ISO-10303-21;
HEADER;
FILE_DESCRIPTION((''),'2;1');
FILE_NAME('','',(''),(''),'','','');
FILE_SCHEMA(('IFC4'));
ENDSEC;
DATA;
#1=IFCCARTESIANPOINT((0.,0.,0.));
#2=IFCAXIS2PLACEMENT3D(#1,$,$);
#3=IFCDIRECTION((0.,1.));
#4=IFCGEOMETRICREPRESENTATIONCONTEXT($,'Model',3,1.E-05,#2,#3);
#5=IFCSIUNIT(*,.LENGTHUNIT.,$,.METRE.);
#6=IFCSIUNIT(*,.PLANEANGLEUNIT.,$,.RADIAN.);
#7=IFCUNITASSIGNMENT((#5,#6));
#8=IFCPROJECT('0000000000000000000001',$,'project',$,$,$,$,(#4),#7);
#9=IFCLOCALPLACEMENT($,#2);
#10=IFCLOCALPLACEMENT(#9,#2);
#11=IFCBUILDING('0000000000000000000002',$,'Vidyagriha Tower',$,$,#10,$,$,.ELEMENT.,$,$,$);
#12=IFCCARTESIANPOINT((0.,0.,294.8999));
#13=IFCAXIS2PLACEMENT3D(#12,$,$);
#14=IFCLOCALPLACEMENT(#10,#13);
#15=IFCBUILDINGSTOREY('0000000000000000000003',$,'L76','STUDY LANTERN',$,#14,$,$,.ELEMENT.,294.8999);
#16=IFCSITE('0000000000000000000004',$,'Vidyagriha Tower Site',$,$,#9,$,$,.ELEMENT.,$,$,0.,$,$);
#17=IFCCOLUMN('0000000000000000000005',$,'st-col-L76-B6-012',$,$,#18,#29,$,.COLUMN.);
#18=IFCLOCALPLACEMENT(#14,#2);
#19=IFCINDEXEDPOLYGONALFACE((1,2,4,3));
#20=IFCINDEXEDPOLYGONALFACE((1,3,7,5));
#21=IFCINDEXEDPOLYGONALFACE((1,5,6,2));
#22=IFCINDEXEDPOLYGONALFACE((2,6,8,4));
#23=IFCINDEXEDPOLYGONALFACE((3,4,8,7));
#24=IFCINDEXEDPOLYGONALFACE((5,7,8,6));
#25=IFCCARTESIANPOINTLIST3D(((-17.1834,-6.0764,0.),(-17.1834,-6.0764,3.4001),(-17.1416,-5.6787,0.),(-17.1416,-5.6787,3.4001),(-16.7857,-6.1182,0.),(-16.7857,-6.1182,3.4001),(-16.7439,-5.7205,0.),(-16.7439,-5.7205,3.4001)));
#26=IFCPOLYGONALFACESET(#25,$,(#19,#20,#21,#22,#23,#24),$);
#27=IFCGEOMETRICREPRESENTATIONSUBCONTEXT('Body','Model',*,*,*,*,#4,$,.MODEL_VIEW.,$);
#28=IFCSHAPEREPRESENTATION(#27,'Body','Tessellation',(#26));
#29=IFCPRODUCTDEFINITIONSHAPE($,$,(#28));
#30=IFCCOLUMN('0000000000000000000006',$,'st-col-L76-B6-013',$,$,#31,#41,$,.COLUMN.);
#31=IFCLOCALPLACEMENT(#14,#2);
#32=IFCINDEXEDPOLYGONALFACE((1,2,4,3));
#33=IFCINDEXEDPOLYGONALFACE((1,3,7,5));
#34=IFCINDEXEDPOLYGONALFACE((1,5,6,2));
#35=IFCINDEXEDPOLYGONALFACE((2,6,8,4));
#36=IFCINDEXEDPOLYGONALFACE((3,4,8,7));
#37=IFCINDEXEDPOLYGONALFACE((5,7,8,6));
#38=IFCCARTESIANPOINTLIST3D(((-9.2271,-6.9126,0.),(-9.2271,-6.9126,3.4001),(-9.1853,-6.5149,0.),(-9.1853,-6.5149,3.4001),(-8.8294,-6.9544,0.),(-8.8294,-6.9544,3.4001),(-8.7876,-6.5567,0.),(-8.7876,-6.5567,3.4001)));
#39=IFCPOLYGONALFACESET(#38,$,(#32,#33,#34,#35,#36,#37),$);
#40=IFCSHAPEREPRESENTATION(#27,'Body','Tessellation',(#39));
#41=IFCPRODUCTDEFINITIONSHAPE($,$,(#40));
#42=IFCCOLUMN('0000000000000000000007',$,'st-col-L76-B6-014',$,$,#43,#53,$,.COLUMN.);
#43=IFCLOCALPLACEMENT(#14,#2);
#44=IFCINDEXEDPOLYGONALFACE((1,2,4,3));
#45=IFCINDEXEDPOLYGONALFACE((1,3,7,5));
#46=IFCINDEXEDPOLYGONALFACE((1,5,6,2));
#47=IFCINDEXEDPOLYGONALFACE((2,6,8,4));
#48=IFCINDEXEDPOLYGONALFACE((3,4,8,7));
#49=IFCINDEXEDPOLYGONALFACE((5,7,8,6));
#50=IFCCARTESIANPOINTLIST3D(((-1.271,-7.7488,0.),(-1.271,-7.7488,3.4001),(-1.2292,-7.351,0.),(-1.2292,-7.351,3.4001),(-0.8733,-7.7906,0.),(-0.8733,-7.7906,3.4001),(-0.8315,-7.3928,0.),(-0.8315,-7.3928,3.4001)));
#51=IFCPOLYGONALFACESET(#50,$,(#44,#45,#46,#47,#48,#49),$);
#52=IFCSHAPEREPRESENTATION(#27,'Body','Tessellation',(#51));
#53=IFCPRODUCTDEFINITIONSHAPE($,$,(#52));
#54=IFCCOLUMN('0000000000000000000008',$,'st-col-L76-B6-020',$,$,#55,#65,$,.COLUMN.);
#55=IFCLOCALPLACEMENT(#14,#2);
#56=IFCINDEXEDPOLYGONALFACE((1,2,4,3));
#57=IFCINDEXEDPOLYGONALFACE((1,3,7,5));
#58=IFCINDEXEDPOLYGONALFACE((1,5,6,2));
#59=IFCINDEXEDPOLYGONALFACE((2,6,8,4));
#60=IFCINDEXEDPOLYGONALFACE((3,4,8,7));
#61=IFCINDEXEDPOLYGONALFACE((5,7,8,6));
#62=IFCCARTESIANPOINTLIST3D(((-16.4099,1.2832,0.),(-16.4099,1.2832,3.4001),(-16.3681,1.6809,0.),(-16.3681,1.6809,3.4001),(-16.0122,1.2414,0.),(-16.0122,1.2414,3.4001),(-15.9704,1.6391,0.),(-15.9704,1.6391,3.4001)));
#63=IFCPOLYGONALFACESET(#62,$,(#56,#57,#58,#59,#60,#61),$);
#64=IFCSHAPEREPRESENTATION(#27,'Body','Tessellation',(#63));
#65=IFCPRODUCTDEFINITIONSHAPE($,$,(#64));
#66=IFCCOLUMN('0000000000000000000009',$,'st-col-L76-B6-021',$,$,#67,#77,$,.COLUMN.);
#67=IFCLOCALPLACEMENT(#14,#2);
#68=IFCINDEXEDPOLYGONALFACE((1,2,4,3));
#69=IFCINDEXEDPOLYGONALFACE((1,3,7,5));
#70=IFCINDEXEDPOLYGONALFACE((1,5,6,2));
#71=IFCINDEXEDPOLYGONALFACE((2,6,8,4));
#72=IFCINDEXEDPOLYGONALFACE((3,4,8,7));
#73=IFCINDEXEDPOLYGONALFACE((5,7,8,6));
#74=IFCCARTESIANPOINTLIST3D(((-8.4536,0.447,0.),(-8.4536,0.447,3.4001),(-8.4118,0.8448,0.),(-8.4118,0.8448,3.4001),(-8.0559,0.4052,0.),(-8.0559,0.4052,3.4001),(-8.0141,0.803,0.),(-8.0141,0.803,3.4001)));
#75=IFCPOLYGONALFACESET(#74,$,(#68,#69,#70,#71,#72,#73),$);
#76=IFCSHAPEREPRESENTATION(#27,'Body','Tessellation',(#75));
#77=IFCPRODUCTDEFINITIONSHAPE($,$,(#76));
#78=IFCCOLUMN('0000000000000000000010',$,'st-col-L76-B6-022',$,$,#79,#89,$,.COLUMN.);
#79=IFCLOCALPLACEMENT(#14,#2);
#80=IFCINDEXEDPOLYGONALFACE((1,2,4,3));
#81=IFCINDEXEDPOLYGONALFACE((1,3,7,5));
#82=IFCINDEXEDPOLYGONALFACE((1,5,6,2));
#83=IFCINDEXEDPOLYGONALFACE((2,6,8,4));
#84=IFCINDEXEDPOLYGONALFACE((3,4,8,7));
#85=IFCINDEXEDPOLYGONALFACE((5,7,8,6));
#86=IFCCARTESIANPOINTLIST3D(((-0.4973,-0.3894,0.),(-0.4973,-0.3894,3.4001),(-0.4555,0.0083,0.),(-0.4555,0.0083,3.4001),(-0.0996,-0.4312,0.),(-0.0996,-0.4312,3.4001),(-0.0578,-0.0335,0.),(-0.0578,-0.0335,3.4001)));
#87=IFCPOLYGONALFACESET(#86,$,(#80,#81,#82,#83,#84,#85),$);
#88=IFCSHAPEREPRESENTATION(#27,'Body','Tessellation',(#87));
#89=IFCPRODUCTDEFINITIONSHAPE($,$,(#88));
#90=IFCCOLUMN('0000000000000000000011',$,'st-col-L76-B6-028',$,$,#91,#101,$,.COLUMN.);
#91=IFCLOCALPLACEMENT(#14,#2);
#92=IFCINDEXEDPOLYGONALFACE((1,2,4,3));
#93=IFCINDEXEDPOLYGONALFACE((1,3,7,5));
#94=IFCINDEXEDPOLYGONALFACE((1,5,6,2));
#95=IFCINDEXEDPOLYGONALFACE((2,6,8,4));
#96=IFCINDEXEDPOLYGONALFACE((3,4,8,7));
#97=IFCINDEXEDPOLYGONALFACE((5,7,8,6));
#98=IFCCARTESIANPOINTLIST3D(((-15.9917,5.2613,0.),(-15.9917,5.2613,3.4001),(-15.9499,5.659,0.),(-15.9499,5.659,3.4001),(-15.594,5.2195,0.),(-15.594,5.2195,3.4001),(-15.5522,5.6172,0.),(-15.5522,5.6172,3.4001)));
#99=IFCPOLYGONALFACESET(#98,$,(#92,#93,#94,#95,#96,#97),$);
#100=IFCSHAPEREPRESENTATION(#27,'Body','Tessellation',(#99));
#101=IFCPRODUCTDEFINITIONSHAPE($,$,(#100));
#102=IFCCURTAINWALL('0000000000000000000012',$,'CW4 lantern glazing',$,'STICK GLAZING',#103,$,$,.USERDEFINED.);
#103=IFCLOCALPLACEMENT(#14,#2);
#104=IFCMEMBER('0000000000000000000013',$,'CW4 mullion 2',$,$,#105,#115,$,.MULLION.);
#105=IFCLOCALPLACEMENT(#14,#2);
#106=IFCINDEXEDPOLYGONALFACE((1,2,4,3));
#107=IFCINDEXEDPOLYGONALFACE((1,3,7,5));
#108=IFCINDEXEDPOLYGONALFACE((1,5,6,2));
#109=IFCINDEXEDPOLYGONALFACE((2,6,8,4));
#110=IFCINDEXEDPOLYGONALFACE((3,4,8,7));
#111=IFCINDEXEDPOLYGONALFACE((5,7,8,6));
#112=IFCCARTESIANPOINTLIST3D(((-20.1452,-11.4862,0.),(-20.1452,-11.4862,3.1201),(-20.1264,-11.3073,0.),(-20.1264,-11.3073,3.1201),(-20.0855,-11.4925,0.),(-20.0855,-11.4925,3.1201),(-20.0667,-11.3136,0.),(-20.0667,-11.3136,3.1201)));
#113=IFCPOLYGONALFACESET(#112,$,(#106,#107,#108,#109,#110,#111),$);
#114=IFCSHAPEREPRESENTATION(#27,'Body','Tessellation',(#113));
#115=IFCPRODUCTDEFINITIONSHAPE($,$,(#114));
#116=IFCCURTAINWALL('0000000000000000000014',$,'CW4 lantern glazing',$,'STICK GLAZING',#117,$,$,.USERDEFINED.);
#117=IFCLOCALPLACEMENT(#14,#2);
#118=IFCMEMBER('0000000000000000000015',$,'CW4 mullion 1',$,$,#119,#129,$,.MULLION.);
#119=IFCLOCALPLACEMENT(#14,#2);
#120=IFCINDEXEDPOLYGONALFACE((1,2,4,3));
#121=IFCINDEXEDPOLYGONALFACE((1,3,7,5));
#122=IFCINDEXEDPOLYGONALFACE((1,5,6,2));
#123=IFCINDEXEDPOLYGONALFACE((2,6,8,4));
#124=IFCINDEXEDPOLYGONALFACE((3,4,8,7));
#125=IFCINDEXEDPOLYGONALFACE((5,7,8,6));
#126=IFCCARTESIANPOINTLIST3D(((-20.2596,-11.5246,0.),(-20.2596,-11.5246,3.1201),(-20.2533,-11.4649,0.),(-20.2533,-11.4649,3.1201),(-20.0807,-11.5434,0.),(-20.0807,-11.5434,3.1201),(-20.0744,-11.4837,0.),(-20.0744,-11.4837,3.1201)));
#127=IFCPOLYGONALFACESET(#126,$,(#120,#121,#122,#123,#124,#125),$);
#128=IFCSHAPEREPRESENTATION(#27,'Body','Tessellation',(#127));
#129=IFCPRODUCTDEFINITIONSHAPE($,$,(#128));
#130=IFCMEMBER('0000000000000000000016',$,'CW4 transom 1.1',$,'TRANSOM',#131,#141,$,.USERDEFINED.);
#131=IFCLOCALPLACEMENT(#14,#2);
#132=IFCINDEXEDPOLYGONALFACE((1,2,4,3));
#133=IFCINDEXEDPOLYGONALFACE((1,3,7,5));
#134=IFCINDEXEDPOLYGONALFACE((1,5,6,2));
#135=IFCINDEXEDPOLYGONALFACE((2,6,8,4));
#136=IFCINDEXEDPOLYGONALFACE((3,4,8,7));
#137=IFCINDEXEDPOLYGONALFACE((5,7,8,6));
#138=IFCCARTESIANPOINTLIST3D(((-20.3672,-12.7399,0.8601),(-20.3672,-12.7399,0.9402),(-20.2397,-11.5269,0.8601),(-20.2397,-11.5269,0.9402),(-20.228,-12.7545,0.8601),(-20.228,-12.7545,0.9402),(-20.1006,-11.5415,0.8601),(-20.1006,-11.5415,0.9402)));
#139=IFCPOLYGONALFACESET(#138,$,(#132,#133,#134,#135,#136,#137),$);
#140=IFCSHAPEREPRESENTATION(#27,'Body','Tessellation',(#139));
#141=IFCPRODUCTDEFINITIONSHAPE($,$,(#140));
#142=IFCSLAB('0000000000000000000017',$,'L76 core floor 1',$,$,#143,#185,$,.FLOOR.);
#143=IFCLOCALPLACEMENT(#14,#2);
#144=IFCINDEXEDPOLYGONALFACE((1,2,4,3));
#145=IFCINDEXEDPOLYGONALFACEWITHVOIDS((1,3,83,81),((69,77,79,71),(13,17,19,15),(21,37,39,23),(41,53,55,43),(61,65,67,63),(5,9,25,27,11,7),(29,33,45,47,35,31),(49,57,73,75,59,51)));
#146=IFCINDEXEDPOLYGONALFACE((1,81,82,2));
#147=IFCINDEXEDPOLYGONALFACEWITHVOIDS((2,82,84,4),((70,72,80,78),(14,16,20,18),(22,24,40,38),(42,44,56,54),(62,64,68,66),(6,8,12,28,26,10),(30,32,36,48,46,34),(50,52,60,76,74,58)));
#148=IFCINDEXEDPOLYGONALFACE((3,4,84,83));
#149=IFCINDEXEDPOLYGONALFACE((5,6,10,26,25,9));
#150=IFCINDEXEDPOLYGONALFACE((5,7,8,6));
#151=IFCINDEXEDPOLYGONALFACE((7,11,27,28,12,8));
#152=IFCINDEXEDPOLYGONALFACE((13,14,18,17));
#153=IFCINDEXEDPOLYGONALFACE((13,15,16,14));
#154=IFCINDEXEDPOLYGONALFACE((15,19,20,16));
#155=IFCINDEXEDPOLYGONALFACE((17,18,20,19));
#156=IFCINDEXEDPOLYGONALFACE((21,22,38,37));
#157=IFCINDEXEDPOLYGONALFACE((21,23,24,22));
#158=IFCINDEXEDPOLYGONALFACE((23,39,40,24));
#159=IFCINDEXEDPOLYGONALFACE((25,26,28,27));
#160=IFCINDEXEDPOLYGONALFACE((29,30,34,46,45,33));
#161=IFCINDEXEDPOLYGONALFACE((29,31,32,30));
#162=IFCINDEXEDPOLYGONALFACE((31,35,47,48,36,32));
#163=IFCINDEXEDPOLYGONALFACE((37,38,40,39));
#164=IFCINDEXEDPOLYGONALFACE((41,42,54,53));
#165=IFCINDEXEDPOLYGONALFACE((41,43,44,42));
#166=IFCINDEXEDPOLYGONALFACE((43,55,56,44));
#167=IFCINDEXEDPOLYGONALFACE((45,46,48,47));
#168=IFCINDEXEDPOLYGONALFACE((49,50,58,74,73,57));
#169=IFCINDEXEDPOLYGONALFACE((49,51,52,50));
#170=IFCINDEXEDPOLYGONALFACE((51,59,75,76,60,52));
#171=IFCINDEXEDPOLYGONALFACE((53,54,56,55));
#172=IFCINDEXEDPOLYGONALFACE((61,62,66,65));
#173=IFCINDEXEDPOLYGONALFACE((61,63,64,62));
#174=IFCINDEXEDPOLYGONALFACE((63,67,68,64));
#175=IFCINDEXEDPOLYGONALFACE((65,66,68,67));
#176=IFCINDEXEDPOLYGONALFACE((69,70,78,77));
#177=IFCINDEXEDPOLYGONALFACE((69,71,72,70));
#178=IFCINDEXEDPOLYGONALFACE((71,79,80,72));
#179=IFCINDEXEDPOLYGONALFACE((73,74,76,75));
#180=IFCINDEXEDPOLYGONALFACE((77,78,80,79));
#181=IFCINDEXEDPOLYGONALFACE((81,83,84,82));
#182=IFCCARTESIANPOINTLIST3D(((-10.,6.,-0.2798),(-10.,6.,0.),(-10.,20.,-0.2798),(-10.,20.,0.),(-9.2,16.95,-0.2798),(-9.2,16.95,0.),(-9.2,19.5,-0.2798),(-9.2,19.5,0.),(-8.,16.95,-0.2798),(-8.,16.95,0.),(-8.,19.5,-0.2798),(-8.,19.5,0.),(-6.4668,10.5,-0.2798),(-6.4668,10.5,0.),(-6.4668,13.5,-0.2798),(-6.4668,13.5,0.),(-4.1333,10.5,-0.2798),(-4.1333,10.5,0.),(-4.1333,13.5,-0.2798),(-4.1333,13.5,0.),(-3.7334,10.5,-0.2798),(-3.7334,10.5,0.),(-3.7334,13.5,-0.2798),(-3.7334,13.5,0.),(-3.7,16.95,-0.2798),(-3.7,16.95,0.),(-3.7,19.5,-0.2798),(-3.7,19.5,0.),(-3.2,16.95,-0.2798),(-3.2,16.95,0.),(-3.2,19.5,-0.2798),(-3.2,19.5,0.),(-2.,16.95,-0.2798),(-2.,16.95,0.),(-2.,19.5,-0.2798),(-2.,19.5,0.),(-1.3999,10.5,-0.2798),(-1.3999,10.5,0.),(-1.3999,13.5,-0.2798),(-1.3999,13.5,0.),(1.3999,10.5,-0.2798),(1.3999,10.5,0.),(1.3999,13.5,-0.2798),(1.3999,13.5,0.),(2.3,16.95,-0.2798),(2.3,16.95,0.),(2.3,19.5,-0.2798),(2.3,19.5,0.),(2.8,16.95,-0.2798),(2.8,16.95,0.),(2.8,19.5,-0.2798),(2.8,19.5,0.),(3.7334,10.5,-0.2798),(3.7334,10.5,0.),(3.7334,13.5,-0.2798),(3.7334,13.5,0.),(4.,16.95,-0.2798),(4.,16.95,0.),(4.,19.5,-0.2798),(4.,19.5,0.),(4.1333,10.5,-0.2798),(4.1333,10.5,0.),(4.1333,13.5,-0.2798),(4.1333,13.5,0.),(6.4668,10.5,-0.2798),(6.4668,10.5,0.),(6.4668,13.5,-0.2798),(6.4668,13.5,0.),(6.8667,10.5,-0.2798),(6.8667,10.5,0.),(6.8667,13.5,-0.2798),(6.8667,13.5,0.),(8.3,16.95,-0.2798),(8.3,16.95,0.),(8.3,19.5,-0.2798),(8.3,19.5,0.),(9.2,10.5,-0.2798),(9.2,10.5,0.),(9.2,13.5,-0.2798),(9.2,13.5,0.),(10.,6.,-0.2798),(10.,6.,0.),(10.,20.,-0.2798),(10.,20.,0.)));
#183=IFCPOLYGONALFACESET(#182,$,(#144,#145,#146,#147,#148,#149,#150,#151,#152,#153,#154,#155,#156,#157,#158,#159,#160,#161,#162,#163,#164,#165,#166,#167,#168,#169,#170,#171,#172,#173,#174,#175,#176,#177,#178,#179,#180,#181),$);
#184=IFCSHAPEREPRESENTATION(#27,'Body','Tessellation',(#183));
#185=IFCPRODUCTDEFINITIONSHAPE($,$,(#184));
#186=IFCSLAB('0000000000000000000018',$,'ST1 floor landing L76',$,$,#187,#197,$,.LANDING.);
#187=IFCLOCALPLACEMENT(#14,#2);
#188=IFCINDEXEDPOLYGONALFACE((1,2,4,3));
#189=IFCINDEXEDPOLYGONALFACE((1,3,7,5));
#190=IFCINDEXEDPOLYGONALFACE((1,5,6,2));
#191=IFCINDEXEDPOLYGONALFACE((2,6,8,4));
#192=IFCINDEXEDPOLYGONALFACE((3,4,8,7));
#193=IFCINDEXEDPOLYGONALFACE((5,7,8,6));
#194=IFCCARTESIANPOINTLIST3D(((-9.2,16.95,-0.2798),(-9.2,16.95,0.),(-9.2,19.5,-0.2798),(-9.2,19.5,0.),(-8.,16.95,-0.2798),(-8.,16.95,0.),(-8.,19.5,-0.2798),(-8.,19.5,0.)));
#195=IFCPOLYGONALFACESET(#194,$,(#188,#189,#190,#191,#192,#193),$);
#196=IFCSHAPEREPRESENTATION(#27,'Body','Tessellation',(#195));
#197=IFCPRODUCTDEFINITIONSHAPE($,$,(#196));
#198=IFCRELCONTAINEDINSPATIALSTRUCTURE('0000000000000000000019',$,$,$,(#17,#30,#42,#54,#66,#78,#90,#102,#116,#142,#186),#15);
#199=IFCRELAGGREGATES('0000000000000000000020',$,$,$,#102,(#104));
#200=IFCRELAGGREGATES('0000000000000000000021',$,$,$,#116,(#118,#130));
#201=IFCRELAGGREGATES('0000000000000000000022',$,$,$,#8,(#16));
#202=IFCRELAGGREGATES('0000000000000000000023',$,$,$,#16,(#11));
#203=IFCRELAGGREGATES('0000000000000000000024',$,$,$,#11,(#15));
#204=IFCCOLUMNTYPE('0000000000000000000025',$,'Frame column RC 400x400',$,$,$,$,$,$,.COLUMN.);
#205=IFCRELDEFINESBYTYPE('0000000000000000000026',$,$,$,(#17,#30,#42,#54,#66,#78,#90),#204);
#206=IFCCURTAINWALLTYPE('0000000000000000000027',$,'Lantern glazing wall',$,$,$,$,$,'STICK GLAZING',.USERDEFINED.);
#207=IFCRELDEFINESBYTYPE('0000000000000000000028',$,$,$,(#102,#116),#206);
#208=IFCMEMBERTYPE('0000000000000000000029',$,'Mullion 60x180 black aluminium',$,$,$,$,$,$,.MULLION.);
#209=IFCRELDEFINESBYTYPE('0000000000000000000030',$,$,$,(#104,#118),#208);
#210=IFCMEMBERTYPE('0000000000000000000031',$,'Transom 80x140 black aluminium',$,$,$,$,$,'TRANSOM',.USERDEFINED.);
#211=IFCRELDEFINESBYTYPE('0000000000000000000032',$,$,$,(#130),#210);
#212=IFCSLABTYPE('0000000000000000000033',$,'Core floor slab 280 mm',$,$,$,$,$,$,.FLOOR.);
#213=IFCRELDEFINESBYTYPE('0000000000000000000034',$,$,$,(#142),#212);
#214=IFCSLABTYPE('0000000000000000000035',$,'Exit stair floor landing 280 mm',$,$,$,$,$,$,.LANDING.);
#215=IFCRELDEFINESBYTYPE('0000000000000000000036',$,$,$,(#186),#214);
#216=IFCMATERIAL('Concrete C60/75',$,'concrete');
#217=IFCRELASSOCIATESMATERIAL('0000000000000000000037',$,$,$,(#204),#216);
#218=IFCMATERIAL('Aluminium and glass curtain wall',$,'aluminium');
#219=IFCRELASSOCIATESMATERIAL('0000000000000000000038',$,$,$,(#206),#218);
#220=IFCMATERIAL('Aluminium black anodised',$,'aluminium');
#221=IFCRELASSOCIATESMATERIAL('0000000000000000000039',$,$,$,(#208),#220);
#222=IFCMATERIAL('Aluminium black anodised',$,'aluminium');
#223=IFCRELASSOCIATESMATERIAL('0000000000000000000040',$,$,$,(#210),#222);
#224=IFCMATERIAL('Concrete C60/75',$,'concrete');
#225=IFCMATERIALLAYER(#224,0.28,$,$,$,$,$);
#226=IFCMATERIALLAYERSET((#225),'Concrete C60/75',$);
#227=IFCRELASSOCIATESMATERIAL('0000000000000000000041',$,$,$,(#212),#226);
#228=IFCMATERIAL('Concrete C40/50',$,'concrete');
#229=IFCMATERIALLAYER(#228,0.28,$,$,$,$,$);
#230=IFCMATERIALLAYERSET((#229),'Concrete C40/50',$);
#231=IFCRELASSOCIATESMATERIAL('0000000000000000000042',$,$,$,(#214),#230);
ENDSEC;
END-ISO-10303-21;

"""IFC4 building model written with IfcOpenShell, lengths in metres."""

from ifc_helpers import new_model, si_unit, direction, frame, origin, origin_2d, place, context, subcontext, project, spatial, polyline, rectangle, outline, extrude, material, layer, layer_set, material_profile, profile_set, type_object, element, aggregate, save


model = new_model("IFC4")

# Units and contexts
model_context = context("Model", 3, precision=1e-05, world=origin(), true_north=direction((0.0, 1.0)))
body_context = subcontext(model_context, "Body", "Model", "MODEL_VIEW")
ifc_project = project(units=[si_unit("LENGTHUNIT", "METRE"), si_unit("PLANEANGLEUNIT", "RADIAN")], contexts=[model_context])

# Site, building, storey
site_placement = place(None, origin())
site = spatial("IfcSite", under=ifc_project, at=site_placement, Name="Vidyagriha Tower Site", CompositionType="ELEMENT", RefElevation=0.0)
building_placement = place(site_placement, origin())
building = spatial("IfcBuilding", under=site, at=building_placement, Name="Vidyagriha Tower", CompositionType="ELEMENT")
storey_placement = place(building_placement, frame((0.0, 0.0, 294.8999)))
storey = spatial("IfcBuildingStorey", under=building, at=storey_placement, Name="L76", Description="STUDY LANTERN", CompositionType="ELEMENT", Elevation=294.8999)

# Columns
ifc_material_1 = material(Name="Concrete C60/75", Category="concrete")
ifc_material_profile_1 = material_profile(ifc_material_1, rectangle(XDim=0.3999, YDim=0.3999, at=origin_2d()), Name="RC 400x400")
ifc_profile_set_1 = profile_set([ifc_material_profile_1], Name="Concrete C60/75")
column_type = type_object("IfcColumnType", Name="Frame column RC 400x400", PredefinedType="COLUMN", material=ifc_profile_set_1)
for number, where, z_axis, x_axis, name in (
    (1, (-16.9636, -5.8984, 0.0), (0.0, 0.0, 1.0), (0.994522, -0.104528, 0.0), "st-col-L76-B6-012"),
    (2, (-9.0073, -6.7346, 0.0), (0.0, 0.0, 1.0), (0.994522, -0.104528, 0.0), "st-col-L76-B6-013"),
    (3, (-1.0513, -7.5708, 0.0), (0.0, 0.0, 1.0), (0.994522, -0.104528, 0.0), "st-col-L76-B6-014"),
    (4, (-16.1902, 1.4612, 0.0), (0.0, 0.0, 1.0), (0.994522, -0.104528, 0.0), "st-col-L76-B6-020"),
    (5, (-8.2339, 0.625, 0.0), (0.0, 0.0, 1.0), (0.994522, -0.104528, 0.0), "st-col-L76-B6-021"),
    (6, (-0.2776, -0.2114, 0.0), (0.0, 0.0, 1.0), (0.994522, -0.104528, 0.0), "st-col-L76-B6-022"),
    (7, (-15.772, 5.4392, 0.0), (0.0, 0.0, 1.0), (0.994522, -0.104528, 0.0), "st-col-L76-B6-028"),
):
    element("IfcColumn", number, at=place(storey_placement, frame(where, z_axis=z_axis, x_axis=x_axis)), inside=storey, type_object=column_type, Name=name, PredefinedType="COLUMN", context=body_context, shape_type="SweptSolid", body=[
        extrude(rectangle(XDim=0.3999, YDim=0.3999, at=origin_2d()), origin(), (0.0, 0.0, 1.0), 3.4001),
    ])

# Curtain wall, member
ifc_material_2 = material(Name="Aluminium and glass curtain wall", Category="aluminium")
curtain_wall_type = type_object("IfcCurtainWallType", Name="Lantern glazing wall", ElementType="STICK GLAZING", PredefinedType="USERDEFINED", material=ifc_material_2)
curtain_wall_1_placement = place(storey_placement, origin())
curtain_wall_1 = element("IfcCurtainWall", 8, at=curtain_wall_1_placement, inside=storey, type_object=curtain_wall_type, Name="CW4 lantern glazing", ObjectType="STICK GLAZING", PredefinedType="USERDEFINED")
ifc_material_3 = material(Name="Aluminium black anodised", Category="aluminium")
ifc_material_profile_2 = material_profile(ifc_material_3, rectangle(XDim=0.1799, YDim=0.0601, at=origin_2d()), Name="Mullion 60x180 black aluminium")
ifc_profile_set_2 = profile_set([ifc_material_profile_2], Name="Aluminium black anodised")
member_type_1 = type_object("IfcMemberType", Name="Mullion 60x180 black aluminium", PredefinedType="MULLION", material=ifc_profile_set_2)
member_1_placement = place(storey_placement, frame((-20.106, -11.3999, 0.0), z_axis=(0.0, 0.0, 1.0), x_axis=(0.104519, 0.994523, 0.0)))
member_1 = element("IfcMember", 9, at=member_1_placement, type_object=member_type_1, Name="CW4 mullion 2", PredefinedType="MULLION", context=body_context, shape_type="SweptSolid", body=[
    extrude(rectangle(XDim=0.1799, YDim=0.0601, at=origin_2d()), origin(), (0.0, 0.0, 1.0), 3.1201),
])
aggregate(curtain_wall_1, [member_1])

# Curtain wall, members
curtain_wall_2_placement = place(storey_placement, origin())
curtain_wall_2 = element("IfcCurtainWall", 10, at=curtain_wall_2_placement, inside=storey, type_object=curtain_wall_type, Name="CW4 lantern glazing", ObjectType="STICK GLAZING", PredefinedType="USERDEFINED")
member_2_placement = place(storey_placement, frame((-20.167, -11.5042, 0.0), z_axis=(0.0, 0.0, 1.0), x_axis=(0.994519, -0.104557, 0.0)))
member_2 = element("IfcMember", 11, at=member_2_placement, type_object=member_type_1, Name="CW4 mullion 1", PredefinedType="MULLION", context=body_context, shape_type="SweptSolid", body=[
    extrude(rectangle(XDim=0.1799, YDim=0.0601, at=origin_2d()), origin(), (0.0, 0.0, 1.0), 3.1201),
])
ifc_material_4 = material(Name="Aluminium black anodised", Category="aluminium")
ifc_material_profile_3 = material_profile(ifc_material_4, rectangle(XDim=0.1399, YDim=0.0801, at=origin_2d()), Name="Transom 80x140 black aluminium")
ifc_profile_set_3 = profile_set([ifc_material_profile_3], Name="Aluminium black anodised")
member_type_2 = type_object("IfcMemberType", Name="Transom 80x140 black aluminium", ElementType="TRANSOM", PredefinedType="USERDEFINED", material=ifc_profile_set_3)
member_3_placement = place(storey_placement, frame((-20.1702, -11.5342, 0.9001), z_axis=(-0.104476, -0.994527, 0.0), x_axis=(0.994527, -0.104476, 0.0)))
member_3 = element("IfcMember", 12, at=member_3_placement, type_object=member_type_2, Name="CW4 transom 1.1", ObjectType="TRANSOM", PredefinedType="USERDEFINED", context=body_context, shape_type="SweptSolid", body=[
    extrude(rectangle(XDim=0.1399, YDim=0.0801, at=origin_2d()), origin(), (0.0, 0.0, 1.0), 1.2197),
])
aggregate(curtain_wall_2, [member_2, member_3])

# Slabs
ifc_material_5 = material(Name="Concrete C60/75", Category="concrete")
ifc_layer_1 = layer(ifc_material_5, 0.28)
ifc_layer_set_1 = layer_set([ifc_layer_1], Name="Concrete C60/75")
slab_type_1 = type_object("IfcSlabType", Name="Core floor slab 280 mm", PredefinedType="FLOOR", material=ifc_layer_set_1)
slab_1_placement = place(storey_placement, frame((0.0, 0.0, -0.2798)))
element("IfcSlab", 13, at=slab_1_placement, inside=storey, type_object=slab_type_1, Name="L76 core floor 1", PredefinedType="FLOOR", context=body_context, shape_type="SweptSolid", body=[
    extrude(outline(polyline([(-10.0, 6.0), (-10.0, 20.0), (10.0, 20.0), (10.0, 6.0), (-10.0, 6.0)]), holes=[polyline([(6.8667, 13.5), (6.8667, 10.5), (9.2, 10.5), (9.2, 13.5), (6.8667, 13.5)]), polyline([(4.0, 19.5), (2.8, 19.5), (2.8, 16.95), (4.0, 16.95), (8.3, 16.95), (8.3, 19.5), (4.0, 19.5)]), polyline([(6.4668, 13.5), (4.1333, 13.5), (4.1333, 10.5), (6.4668, 10.5), (6.4668, 13.5)]), polyline([(3.7334, 13.5), (1.3999, 13.5), (1.3999, 10.5), (3.7334, 10.5), (3.7334, 13.5)]), polyline([(-2.0, 16.95), (2.3, 16.95), (2.3, 19.5), (-2.0, 19.5), (-3.2, 19.5), (-3.2, 16.95), (-2.0, 16.95)]), polyline([(-3.7334, 13.5), (-3.7334, 10.5), (-1.3999, 10.5), (-1.3999, 13.5), (-3.7334, 13.5)]), polyline([(-9.2, 19.5), (-9.2, 16.95), (-8.0, 16.95), (-3.7, 16.95), (-3.7, 19.5), (-8.0, 19.5), (-9.2, 19.5)]), polyline([(-6.4668, 13.5), (-6.4668, 10.5), (-4.1333, 10.5), (-4.1333, 13.5), (-6.4668, 13.5)])]), origin(), (0.0, 0.0, 1.0), 0.2798),
])
ifc_material_6 = material(Name="Concrete C40/50", Category="concrete")
ifc_layer_2 = layer(ifc_material_6, 0.28)
ifc_layer_set_2 = layer_set([ifc_layer_2], Name="Concrete C40/50")
slab_type_2 = type_object("IfcSlabType", Name="Exit stair floor landing 280 mm", PredefinedType="LANDING", material=ifc_layer_set_2)
slab_2_placement = place(storey_placement, frame((0.0, 0.0, -0.2798)))
element("IfcSlab", 14, at=slab_2_placement, inside=storey, type_object=slab_type_2, Name="ST1 floor landing L76", PredefinedType="LANDING", context=body_context, shape_type="SweptSolid", body=[
    extrude(outline(polyline([(-9.2, 16.95), (-8.0, 16.95), (-8.0, 19.5), (-9.2, 19.5), (-9.2, 16.95)])), origin(), (0.0, 0.0, 1.0), 0.2798),
])

save(model, "model.ifc")
